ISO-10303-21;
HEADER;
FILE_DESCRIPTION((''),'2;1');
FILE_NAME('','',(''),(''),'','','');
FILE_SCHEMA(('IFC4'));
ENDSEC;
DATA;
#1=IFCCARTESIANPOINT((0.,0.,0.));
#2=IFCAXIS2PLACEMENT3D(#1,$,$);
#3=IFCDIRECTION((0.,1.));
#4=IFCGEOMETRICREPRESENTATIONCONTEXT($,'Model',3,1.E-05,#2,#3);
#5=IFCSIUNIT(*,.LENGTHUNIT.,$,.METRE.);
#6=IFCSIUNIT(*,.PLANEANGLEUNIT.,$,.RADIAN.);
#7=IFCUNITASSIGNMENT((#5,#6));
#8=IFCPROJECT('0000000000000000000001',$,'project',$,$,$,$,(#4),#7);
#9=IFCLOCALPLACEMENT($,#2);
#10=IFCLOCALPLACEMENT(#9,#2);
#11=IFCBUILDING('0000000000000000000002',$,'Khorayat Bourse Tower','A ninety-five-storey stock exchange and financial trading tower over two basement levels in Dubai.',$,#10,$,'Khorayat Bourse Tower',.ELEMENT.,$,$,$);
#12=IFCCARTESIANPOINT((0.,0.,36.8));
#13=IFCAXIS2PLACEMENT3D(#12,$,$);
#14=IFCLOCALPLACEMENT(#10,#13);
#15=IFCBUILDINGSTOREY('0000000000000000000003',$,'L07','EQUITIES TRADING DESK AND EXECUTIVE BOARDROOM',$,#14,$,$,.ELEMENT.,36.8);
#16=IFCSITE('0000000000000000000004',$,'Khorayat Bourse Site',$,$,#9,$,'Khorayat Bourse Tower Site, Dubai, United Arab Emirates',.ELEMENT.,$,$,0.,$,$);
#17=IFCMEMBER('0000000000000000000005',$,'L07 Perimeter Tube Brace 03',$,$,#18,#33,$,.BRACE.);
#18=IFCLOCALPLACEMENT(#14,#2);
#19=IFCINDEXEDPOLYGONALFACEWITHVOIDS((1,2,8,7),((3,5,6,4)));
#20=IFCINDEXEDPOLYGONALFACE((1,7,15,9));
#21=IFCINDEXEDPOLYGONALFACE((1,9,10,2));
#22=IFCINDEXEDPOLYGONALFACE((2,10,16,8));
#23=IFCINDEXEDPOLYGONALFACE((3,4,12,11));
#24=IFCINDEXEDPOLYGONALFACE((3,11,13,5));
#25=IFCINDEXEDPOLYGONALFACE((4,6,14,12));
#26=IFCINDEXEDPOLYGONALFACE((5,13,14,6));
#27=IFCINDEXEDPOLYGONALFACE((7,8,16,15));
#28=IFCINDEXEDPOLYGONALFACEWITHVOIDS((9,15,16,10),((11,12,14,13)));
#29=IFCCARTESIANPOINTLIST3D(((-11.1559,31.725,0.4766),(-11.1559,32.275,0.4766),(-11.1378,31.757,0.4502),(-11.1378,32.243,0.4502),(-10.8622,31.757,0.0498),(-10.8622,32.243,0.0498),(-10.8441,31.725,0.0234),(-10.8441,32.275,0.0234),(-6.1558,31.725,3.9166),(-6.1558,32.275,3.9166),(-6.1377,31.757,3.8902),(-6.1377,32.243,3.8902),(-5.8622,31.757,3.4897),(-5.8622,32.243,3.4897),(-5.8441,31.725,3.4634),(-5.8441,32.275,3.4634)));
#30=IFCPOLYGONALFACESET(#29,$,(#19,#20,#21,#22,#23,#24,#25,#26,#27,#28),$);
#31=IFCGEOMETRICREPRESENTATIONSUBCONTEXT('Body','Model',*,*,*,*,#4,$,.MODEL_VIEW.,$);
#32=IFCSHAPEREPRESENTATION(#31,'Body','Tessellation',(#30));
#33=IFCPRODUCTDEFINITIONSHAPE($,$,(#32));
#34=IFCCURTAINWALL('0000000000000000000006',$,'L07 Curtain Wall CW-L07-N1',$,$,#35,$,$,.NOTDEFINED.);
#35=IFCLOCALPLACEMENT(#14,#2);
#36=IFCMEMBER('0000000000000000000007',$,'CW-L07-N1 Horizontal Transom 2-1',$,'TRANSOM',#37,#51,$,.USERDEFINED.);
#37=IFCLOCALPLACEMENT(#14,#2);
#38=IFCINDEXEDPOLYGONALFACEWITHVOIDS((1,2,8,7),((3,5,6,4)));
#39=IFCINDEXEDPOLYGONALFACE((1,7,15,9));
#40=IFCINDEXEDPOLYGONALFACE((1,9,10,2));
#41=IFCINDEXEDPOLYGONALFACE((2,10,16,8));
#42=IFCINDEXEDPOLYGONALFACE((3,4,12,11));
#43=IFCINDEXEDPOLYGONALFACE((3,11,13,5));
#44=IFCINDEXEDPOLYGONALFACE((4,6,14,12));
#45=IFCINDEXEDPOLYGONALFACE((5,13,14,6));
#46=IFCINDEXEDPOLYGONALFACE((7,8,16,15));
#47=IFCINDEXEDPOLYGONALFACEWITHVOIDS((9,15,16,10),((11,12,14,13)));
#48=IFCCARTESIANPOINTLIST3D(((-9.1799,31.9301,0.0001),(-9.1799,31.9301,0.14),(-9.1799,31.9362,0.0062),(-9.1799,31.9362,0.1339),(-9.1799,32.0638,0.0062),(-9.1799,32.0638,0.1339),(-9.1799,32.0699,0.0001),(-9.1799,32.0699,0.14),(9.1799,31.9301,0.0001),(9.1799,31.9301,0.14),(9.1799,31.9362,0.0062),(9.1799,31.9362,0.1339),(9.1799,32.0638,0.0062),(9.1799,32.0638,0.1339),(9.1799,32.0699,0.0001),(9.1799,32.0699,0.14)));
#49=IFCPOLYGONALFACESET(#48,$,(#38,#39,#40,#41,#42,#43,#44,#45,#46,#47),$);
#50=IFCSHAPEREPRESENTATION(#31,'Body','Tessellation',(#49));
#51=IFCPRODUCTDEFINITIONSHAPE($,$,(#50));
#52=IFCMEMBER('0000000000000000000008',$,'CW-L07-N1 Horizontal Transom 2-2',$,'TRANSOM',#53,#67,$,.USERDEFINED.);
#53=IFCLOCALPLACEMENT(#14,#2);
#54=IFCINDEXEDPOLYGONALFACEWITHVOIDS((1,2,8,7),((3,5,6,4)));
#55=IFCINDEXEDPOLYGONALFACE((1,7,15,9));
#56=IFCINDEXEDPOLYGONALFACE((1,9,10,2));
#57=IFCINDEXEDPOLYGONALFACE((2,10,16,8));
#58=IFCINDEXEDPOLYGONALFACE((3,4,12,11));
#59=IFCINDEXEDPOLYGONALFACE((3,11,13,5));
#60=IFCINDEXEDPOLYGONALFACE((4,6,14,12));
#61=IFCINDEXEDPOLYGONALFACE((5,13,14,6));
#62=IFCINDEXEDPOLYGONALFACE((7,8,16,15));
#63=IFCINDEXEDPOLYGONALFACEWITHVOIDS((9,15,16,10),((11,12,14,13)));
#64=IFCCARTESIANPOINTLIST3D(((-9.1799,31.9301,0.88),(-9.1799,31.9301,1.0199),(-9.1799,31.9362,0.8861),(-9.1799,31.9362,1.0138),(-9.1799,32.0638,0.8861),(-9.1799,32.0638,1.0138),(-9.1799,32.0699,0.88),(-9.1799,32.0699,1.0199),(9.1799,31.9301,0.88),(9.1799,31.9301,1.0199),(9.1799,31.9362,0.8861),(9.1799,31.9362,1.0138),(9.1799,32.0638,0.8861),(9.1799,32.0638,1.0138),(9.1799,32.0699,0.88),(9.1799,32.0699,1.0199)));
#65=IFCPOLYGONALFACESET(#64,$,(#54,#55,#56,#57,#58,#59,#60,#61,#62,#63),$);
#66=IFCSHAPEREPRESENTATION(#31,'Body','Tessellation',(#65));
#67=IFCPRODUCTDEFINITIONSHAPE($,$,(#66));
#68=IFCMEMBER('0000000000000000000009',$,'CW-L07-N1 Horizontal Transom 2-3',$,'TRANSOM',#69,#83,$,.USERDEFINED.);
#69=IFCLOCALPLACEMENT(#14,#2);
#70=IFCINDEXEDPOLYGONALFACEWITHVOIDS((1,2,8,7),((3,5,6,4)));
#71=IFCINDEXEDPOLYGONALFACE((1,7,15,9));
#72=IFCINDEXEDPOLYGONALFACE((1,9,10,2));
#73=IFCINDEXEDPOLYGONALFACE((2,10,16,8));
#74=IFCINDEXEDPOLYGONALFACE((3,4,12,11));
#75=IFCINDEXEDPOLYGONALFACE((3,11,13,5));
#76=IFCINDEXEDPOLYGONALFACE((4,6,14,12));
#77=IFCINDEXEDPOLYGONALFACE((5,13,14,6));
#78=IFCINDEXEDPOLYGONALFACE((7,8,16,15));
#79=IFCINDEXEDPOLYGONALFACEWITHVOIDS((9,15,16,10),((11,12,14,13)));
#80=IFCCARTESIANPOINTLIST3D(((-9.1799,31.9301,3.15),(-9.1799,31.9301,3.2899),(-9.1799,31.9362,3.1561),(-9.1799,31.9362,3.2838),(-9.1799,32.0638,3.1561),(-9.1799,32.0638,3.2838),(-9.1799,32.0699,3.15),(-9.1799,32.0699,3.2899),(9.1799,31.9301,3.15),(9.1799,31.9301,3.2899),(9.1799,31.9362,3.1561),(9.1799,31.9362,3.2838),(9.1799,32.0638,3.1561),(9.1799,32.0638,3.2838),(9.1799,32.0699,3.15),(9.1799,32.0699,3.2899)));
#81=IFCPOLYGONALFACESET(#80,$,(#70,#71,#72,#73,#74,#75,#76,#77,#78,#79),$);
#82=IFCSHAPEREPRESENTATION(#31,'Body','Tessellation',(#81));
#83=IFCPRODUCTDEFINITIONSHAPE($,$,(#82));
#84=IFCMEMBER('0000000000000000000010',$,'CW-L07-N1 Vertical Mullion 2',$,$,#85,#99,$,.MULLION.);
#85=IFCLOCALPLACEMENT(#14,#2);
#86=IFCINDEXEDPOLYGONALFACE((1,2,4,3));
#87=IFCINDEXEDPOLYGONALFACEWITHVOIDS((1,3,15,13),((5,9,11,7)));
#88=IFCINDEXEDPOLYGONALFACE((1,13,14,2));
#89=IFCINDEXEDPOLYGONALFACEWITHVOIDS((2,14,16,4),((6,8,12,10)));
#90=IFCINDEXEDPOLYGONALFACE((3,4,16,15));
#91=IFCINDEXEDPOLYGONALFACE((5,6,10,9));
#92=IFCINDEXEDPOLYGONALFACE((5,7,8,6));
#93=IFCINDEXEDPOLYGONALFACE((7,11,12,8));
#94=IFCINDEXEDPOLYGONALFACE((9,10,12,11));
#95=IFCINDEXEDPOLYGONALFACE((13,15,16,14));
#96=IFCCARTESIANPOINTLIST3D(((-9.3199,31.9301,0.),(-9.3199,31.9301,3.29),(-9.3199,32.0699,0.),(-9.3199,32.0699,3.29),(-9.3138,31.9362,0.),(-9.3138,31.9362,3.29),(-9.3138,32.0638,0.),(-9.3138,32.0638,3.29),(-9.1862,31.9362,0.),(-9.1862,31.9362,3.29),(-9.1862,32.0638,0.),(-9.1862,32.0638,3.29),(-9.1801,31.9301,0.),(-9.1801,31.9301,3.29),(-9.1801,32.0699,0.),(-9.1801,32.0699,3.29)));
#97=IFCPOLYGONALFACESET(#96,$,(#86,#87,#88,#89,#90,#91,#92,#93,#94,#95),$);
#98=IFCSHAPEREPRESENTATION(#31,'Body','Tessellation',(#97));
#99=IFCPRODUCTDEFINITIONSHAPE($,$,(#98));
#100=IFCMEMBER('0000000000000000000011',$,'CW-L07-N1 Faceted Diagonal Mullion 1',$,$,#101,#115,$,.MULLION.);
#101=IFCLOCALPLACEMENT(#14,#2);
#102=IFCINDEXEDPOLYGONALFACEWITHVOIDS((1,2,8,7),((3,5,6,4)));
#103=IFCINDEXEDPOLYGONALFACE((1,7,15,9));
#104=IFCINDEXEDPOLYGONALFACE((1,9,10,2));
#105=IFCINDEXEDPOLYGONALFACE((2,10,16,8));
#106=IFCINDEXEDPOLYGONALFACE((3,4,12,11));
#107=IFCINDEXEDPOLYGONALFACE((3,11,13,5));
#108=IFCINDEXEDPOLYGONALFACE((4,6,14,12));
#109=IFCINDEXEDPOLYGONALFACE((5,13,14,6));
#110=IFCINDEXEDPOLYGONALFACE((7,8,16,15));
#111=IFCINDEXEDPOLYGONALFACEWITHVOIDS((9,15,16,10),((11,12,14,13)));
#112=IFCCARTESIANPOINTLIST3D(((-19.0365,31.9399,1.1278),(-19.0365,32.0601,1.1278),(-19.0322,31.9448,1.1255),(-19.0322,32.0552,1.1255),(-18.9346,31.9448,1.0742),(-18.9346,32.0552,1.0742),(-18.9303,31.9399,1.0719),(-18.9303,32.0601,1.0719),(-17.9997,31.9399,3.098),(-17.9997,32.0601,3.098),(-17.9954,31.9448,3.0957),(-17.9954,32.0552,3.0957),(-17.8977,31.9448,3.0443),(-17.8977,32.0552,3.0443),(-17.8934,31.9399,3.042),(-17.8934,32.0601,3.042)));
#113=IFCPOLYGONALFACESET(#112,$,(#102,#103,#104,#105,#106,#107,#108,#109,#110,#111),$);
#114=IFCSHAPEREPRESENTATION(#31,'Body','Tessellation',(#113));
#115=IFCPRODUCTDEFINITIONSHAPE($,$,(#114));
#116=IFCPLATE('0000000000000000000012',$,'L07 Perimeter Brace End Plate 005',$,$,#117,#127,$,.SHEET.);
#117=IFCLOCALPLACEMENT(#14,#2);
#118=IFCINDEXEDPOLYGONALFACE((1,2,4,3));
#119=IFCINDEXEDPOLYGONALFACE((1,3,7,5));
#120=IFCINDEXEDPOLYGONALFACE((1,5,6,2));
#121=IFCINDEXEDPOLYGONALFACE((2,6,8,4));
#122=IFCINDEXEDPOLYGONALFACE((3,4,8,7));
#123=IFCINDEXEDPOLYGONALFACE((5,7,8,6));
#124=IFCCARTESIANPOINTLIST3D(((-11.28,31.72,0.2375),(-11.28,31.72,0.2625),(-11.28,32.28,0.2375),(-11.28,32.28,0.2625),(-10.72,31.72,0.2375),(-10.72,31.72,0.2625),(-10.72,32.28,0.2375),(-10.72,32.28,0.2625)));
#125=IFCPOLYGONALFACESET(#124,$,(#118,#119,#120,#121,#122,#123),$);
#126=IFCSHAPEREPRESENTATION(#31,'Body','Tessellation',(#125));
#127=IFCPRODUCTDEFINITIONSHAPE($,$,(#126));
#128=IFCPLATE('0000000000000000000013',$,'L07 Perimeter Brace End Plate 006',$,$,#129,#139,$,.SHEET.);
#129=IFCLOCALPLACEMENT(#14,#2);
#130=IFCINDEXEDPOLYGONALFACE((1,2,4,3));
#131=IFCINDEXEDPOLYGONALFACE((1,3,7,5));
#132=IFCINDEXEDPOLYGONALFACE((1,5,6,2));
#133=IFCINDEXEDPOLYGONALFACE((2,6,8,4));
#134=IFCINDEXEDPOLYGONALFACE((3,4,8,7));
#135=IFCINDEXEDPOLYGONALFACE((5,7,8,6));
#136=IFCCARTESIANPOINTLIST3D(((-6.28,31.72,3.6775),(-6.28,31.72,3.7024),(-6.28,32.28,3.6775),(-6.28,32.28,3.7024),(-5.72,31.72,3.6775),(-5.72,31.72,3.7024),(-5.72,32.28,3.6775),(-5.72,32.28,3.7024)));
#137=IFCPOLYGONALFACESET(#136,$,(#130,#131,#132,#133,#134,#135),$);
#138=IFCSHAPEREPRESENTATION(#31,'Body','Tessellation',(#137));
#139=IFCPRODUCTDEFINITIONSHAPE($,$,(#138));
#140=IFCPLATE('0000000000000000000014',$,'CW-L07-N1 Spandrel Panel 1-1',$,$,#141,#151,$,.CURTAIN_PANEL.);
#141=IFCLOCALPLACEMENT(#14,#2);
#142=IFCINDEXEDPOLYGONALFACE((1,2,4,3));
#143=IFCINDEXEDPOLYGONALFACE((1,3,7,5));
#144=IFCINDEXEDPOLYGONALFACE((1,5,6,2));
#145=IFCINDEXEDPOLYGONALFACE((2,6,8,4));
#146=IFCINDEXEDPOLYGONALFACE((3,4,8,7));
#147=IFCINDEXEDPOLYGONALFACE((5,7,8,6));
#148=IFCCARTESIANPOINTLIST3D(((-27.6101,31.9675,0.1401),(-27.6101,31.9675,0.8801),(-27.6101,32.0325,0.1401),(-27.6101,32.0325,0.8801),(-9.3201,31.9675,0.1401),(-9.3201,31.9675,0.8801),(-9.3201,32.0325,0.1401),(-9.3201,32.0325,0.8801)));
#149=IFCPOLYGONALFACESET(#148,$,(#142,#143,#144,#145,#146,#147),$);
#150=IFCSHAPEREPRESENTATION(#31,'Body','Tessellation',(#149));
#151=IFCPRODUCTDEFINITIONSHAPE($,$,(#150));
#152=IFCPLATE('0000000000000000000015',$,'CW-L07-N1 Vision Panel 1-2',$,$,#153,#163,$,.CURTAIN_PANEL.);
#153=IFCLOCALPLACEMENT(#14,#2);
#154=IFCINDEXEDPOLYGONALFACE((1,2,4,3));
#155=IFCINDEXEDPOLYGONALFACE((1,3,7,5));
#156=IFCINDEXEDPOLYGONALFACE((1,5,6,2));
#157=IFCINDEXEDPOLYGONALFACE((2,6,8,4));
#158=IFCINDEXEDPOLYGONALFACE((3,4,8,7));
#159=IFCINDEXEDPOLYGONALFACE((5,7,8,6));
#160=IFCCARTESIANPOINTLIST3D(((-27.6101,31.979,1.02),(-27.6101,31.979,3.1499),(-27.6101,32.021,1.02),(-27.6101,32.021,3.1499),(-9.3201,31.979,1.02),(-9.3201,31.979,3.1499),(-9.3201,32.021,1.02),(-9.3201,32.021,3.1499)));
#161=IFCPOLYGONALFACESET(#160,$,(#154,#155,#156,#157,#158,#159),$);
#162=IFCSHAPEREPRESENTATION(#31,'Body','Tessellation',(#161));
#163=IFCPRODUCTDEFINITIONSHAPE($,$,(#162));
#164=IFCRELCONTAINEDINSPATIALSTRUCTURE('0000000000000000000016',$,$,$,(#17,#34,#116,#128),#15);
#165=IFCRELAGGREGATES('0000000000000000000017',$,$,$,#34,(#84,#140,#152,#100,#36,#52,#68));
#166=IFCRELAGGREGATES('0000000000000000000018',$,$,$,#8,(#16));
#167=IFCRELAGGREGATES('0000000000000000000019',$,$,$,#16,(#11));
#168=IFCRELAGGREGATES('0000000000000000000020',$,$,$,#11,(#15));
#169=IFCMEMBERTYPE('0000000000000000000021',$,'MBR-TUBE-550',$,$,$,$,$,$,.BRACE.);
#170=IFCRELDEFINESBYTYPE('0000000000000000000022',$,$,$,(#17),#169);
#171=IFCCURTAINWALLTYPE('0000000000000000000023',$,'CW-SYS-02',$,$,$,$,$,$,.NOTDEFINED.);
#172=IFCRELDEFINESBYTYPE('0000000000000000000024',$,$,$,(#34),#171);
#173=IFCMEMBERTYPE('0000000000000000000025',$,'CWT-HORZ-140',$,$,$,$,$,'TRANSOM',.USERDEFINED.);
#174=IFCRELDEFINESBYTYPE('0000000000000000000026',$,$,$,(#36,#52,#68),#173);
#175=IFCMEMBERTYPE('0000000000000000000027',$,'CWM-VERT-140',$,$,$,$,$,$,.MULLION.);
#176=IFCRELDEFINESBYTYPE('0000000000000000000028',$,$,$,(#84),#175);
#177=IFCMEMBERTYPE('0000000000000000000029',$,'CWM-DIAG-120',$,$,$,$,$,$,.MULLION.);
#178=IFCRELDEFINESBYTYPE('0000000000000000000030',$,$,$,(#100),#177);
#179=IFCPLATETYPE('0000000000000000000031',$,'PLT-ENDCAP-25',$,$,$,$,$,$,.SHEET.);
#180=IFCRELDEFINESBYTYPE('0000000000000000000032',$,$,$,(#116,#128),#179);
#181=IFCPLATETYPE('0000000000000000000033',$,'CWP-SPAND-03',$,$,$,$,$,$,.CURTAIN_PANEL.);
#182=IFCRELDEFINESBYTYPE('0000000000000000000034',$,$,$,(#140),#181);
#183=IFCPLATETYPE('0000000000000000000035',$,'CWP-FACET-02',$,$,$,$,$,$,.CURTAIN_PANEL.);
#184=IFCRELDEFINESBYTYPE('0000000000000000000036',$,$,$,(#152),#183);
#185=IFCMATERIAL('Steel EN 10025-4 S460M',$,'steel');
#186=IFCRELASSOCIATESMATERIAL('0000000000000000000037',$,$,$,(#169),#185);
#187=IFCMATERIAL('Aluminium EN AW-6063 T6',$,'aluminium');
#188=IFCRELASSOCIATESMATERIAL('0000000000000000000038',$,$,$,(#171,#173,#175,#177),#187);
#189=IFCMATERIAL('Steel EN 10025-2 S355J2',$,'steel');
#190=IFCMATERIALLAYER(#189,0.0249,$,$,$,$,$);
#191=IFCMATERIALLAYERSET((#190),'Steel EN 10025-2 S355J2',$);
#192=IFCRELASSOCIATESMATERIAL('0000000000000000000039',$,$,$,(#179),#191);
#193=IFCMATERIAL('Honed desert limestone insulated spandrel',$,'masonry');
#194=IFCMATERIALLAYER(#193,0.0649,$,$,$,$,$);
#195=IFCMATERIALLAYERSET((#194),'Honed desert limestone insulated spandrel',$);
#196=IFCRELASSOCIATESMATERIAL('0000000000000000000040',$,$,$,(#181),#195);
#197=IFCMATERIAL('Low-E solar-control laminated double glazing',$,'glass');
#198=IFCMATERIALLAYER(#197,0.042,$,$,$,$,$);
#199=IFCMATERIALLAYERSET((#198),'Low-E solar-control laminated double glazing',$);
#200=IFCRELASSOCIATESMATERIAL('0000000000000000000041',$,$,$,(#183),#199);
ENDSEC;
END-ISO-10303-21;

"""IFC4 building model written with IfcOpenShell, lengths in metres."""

from ifc_helpers import new_model, si_unit, direction, frame, origin, origin_2d, place, context, subcontext, project, spatial, rectangle, hollow_rectangle, extrude, source, transform, mapped, material, layer, layer_set, material_profile, profile_set, type_object, element, aggregate, save


model = new_model("IFC4")

# Units and contexts
model_context = context("Model", 3, precision=1e-05, world=origin(), true_north=direction((0.0, 1.0)))
body_context = subcontext(model_context, "Body", "Model", "MODEL_VIEW")
ifc_project = project(units=[si_unit("LENGTHUNIT", "METRE"), si_unit("PLANEANGLEUNIT", "RADIAN")], contexts=[model_context])

# Site, building, storey
site_placement = place(None, origin())
site = spatial("IfcSite", under=ifc_project, at=site_placement, Name="Khorayat Bourse Site", LongName="Khorayat Bourse Tower Site, Dubai, United Arab Emirates", CompositionType="ELEMENT", RefElevation=0.0)
building_placement = place(site_placement, origin())
building = spatial("IfcBuilding", under=site, at=building_placement, Name="Khorayat Bourse Tower", Description="A ninety-five-storey stock exchange and financial trading tower over two basement levels in Dubai.", LongName="Khorayat Bourse Tower", CompositionType="ELEMENT")
storey_placement = place(building_placement, frame((0.0, 0.0, 36.8)))
storey = spatial("IfcBuildingStorey", under=building, at=storey_placement, Name="L07", Description="EQUITIES TRADING DESK AND EXECUTIVE BOARDROOM", CompositionType="ELEMENT", Elevation=36.8)

# Shared definitions
ifc_material_1 = material(Name="Steel EN 10025-4 S460M", Category="steel")

# Member
ifc_material_profile_1 = material_profile(ifc_material_1, hollow_rectangle(XDim=0.55, YDim=0.55, WallThickness=0.032, at=origin_2d()), Name="HSS 550x550x32")
ifc_profile_set_1 = profile_set([ifc_material_profile_1], Name="Steel EN 10025-4 S460M")
member_type_1 = type_object("IfcMemberType", Name="MBR-TUBE-550", PredefinedType="BRACE", material=ifc_profile_set_1)
shared_shape_1 = source(origin(), body_context, "Body", "SweptSolid", [
    extrude(hollow_rectangle(XDim=0.55, YDim=0.55, WallThickness=0.032, at=origin_2d()), origin(), (0.0, 0.0, 1.0), 6.0691),
])
member_1_placement = place(storey_placement, frame((-11.0, 32.0, 0.25), z_axis=(0.823854, 0.0, 0.566802), x_axis=(0.0, 1.0, 0.0)))
element("IfcMember", 1, at=member_1_placement, inside=storey, type_object=member_type_1, Name="L07 Perimeter Tube Brace 03", PredefinedType="BRACE", context=body_context, shape_type="MappedRepresentation", body=[
    mapped(shared_shape_1, transform((0.0, 0.0, 0.0), scale=1.0)),
])

# Curtain wall, members
ifc_material_2 = material(Name="Aluminium EN AW-6063 T6", Category="aluminium")
curtain_wall_type = type_object("IfcCurtainWallType", Name="CW-SYS-02", PredefinedType="NOTDEFINED", material=ifc_material_2)
curtain_wall_placement = place(storey_placement, origin())
curtain_wall = element("IfcCurtainWall", 2, at=curtain_wall_placement, inside=storey, type_object=curtain_wall_type, Name="L07 Curtain Wall CW-L07-N1", PredefinedType="NOTDEFINED")
ifc_material_profile_2 = material_profile(ifc_material_2, hollow_rectangle(XDim=0.1399, YDim=0.1399, WallThickness=0.0061, at=origin_2d()), Name="ALU 140x140x6")
ifc_profile_set_2 = profile_set([ifc_material_profile_2], Name="Aluminium EN AW-6063 T6")
member_type_2 = type_object("IfcMemberType", Name="CWT-HORZ-140", ElementType="TRANSOM", PredefinedType="USERDEFINED", material=ifc_profile_set_2)
shared_shape_2 = source(origin(), body_context, "Body", "SweptSolid", [
    extrude(hollow_rectangle(XDim=0.1399, YDim=0.1399, WallThickness=0.0061, at=origin_2d()), origin(), (0.0, 0.0, 1.0), 18.3599),
])
member_2_placement = place(storey_placement, frame((-9.1799, 32.0, 0.0701), z_axis=(1.0, 0.0, 0.0), x_axis=(0.0, 1.0, 0.0)))
member_2 = element("IfcMember", 3, at=member_2_placement, type_object=member_type_2, Name="CW-L07-N1 Horizontal Transom 2-1", ObjectType="TRANSOM", PredefinedType="USERDEFINED", context=body_context, shape_type="MappedRepresentation", body=[
    mapped(shared_shape_2, transform((0.0, 0.0, 0.0), scale=1.0)),
])
member_3_placement = place(storey_placement, frame((-9.1799, 32.0, 0.95), z_axis=(1.0, 0.0, 0.0), x_axis=(0.0, 1.0, 0.0)))
member_3 = element("IfcMember", 4, at=member_3_placement, type_object=member_type_2, Name="CW-L07-N1 Horizontal Transom 2-2", ObjectType="TRANSOM", PredefinedType="USERDEFINED", context=body_context, shape_type="MappedRepresentation", body=[
    mapped(shared_shape_2, transform((0.0, 0.0, 0.0), scale=1.0)),
])
member_4_placement = place(storey_placement, frame((-9.1799, 32.0, 3.22), z_axis=(1.0, 0.0, 0.0), x_axis=(0.0, 1.0, 0.0)))
member_4 = element("IfcMember", 5, at=member_4_placement, type_object=member_type_2, Name="CW-L07-N1 Horizontal Transom 2-3", ObjectType="TRANSOM", PredefinedType="USERDEFINED", context=body_context, shape_type="MappedRepresentation", body=[
    mapped(shared_shape_2, transform((0.0, 0.0, 0.0), scale=1.0)),
])
ifc_material_profile_3 = material_profile(ifc_material_2, hollow_rectangle(XDim=0.1399, YDim=0.1399, WallThickness=0.0061, at=origin_2d()), Name="ALU 140x140x6")
ifc_profile_set_3 = profile_set([ifc_material_profile_3], Name="Aluminium EN AW-6063 T6")
member_type_3 = type_object("IfcMemberType", Name="CWM-VERT-140", PredefinedType="MULLION", material=ifc_profile_set_3)
shared_shape_3 = source(origin(), body_context, "Body", "SweptSolid", [
    extrude(hollow_rectangle(XDim=0.1399, YDim=0.1399, WallThickness=0.0061, at=origin_2d()), origin(), (0.0, 0.0, 1.0), 3.29),
])
member_5_placement = place(storey_placement, frame((-9.25, 32.0, 0.0), z_axis=(0.0, 0.0, 1.0), x_axis=(0.0, 1.0, 0.0)))
member_5 = element("IfcMember", 6, at=member_5_placement, type_object=member_type_3, Name="CW-L07-N1 Vertical Mullion 2", PredefinedType="MULLION", context=body_context, shape_type="MappedRepresentation", body=[
    mapped(shared_shape_3, transform((0.0, 0.0, 0.0), scale=1.0)),
])
ifc_material_profile_4 = material_profile(ifc_material_2, hollow_rectangle(XDim=0.1201, YDim=0.1201, WallThickness=0.0049, at=origin_2d()), Name="ALU 120x120x5")
ifc_profile_set_4 = profile_set([ifc_material_profile_4], Name="Aluminium EN AW-6063 T6")
member_type_4 = type_object("IfcMemberType", Name="CWM-DIAG-120", PredefinedType="MULLION", material=ifc_profile_set_4)
shared_shape_4 = source(origin(), body_context, "Body", "SweptSolid", [
    extrude(hollow_rectangle(XDim=0.1201, YDim=0.1201, WallThickness=0.0049, at=origin_2d()), origin(), (0.0, 0.0, 1.0), 2.2263),
])
member_6_placement = place(storey_placement, frame((-18.9834, 32.0, 1.0999), z_axis=(0.465715, 0.0, 0.884935), x_axis=(0.0, 1.0, 0.0)))
member_6 = element("IfcMember", 7, at=member_6_placement, type_object=member_type_4, Name="CW-L07-N1 Faceted Diagonal Mullion 1", PredefinedType="MULLION", context=body_context, shape_type="MappedRepresentation", body=[
    mapped(shared_shape_4, transform((0.0, 0.0, 0.0), scale=1.0)),
])

# Plates
ifc_material_3 = material(Name="Steel EN 10025-2 S355J2", Category="steel")
ifc_layer_1 = layer(ifc_material_3, 0.0249)
ifc_layer_set_1 = layer_set([ifc_layer_1], Name="Steel EN 10025-2 S355J2")
plate_type_1 = type_object("IfcPlateType", Name="PLT-ENDCAP-25", PredefinedType="SHEET", material=ifc_layer_set_1)
shared_shape_5 = source(origin(), body_context, "Body", "SweptSolid", [
    extrude(rectangle(XDim=0.5601, YDim=0.5601, at=origin_2d()), origin(), (0.0, 0.0, 1.0), 0.0249),
])
for number, where, z_axis, x_axis, name in (
    (8, (-11.0, 32.0, 0.2375), (0.0, 0.0, 1.0), (1.0, 0.0, 0.0), "L07 Perimeter Brace End Plate 005"),
    (9, (-6.0, 32.0, 3.6775), (0.0, 0.0, 1.0), (1.0, 0.0, 0.0), "L07 Perimeter Brace End Plate 006"),
):
    element("IfcPlate", number, at=place(storey_placement, frame(where, z_axis=z_axis, x_axis=x_axis)), inside=storey, type_object=plate_type_1, Name=name, PredefinedType="SHEET", context=body_context, shape_type="MappedRepresentation", body=[
        mapped(shared_shape_5, transform((0.0, 0.0, 0.0), scale=1.0)),
    ])

# Plates
ifc_material_4 = material(Name="Honed desert limestone insulated spandrel", Category="masonry")
ifc_layer_2 = layer(ifc_material_4, 0.0649)
ifc_layer_set_2 = layer_set([ifc_layer_2], Name="Honed desert limestone insulated spandrel")
plate_type_2 = type_object("IfcPlateType", Name="CWP-SPAND-03", PredefinedType="CURTAIN_PANEL", material=ifc_layer_set_2)
shared_shape_6 = source(origin(), body_context, "Body", "SweptSolid", [
    extrude(rectangle(XDim=18.29, YDim=0.0649, at=origin_2d()), origin(), (0.0, 0.0, 1.0), 0.74),
])
plate_1_placement = place(storey_placement, frame((-18.4651, 32.0, 0.1401), z_axis=(0.0, 0.0, 1.0), x_axis=(1.0, 0.0, 0.0)))
plate_1 = element("IfcPlate", 10, at=plate_1_placement, type_object=plate_type_2, Name="CW-L07-N1 Spandrel Panel 1-1", PredefinedType="CURTAIN_PANEL", context=body_context, shape_type="MappedRepresentation", body=[
    mapped(shared_shape_6, transform((0.0, 0.0, 0.0), scale=1.0)),
])
ifc_material_5 = material(Name="Low-E solar-control laminated double glazing", Category="glass")
ifc_layer_3 = layer(ifc_material_5, 0.042)
ifc_layer_set_3 = layer_set([ifc_layer_3], Name="Low-E solar-control laminated double glazing")
plate_type_3 = type_object("IfcPlateType", Name="CWP-FACET-02", PredefinedType="CURTAIN_PANEL", material=ifc_layer_set_3)
shared_shape_7 = source(origin(), body_context, "Body", "SweptSolid", [
    extrude(rectangle(XDim=18.29, YDim=0.042, at=origin_2d()), origin(), (0.0, 0.0, 1.0), 2.1299),
])
plate_2_placement = place(storey_placement, frame((-18.4651, 32.0, 1.02), z_axis=(0.0, 0.0, 1.0), x_axis=(1.0, 0.0, 0.0)))
plate_2 = element("IfcPlate", 11, at=plate_2_placement, type_object=plate_type_3, Name="CW-L07-N1 Vision Panel 1-2", PredefinedType="CURTAIN_PANEL", context=body_context, shape_type="MappedRepresentation", body=[
    mapped(shared_shape_7, transform((0.0, 0.0, 0.0), scale=1.0)),
])
aggregate(curtain_wall, [member_5, plate_1, plate_2, member_6, member_2, member_3, member_4])

save(model, "model.ifc")
